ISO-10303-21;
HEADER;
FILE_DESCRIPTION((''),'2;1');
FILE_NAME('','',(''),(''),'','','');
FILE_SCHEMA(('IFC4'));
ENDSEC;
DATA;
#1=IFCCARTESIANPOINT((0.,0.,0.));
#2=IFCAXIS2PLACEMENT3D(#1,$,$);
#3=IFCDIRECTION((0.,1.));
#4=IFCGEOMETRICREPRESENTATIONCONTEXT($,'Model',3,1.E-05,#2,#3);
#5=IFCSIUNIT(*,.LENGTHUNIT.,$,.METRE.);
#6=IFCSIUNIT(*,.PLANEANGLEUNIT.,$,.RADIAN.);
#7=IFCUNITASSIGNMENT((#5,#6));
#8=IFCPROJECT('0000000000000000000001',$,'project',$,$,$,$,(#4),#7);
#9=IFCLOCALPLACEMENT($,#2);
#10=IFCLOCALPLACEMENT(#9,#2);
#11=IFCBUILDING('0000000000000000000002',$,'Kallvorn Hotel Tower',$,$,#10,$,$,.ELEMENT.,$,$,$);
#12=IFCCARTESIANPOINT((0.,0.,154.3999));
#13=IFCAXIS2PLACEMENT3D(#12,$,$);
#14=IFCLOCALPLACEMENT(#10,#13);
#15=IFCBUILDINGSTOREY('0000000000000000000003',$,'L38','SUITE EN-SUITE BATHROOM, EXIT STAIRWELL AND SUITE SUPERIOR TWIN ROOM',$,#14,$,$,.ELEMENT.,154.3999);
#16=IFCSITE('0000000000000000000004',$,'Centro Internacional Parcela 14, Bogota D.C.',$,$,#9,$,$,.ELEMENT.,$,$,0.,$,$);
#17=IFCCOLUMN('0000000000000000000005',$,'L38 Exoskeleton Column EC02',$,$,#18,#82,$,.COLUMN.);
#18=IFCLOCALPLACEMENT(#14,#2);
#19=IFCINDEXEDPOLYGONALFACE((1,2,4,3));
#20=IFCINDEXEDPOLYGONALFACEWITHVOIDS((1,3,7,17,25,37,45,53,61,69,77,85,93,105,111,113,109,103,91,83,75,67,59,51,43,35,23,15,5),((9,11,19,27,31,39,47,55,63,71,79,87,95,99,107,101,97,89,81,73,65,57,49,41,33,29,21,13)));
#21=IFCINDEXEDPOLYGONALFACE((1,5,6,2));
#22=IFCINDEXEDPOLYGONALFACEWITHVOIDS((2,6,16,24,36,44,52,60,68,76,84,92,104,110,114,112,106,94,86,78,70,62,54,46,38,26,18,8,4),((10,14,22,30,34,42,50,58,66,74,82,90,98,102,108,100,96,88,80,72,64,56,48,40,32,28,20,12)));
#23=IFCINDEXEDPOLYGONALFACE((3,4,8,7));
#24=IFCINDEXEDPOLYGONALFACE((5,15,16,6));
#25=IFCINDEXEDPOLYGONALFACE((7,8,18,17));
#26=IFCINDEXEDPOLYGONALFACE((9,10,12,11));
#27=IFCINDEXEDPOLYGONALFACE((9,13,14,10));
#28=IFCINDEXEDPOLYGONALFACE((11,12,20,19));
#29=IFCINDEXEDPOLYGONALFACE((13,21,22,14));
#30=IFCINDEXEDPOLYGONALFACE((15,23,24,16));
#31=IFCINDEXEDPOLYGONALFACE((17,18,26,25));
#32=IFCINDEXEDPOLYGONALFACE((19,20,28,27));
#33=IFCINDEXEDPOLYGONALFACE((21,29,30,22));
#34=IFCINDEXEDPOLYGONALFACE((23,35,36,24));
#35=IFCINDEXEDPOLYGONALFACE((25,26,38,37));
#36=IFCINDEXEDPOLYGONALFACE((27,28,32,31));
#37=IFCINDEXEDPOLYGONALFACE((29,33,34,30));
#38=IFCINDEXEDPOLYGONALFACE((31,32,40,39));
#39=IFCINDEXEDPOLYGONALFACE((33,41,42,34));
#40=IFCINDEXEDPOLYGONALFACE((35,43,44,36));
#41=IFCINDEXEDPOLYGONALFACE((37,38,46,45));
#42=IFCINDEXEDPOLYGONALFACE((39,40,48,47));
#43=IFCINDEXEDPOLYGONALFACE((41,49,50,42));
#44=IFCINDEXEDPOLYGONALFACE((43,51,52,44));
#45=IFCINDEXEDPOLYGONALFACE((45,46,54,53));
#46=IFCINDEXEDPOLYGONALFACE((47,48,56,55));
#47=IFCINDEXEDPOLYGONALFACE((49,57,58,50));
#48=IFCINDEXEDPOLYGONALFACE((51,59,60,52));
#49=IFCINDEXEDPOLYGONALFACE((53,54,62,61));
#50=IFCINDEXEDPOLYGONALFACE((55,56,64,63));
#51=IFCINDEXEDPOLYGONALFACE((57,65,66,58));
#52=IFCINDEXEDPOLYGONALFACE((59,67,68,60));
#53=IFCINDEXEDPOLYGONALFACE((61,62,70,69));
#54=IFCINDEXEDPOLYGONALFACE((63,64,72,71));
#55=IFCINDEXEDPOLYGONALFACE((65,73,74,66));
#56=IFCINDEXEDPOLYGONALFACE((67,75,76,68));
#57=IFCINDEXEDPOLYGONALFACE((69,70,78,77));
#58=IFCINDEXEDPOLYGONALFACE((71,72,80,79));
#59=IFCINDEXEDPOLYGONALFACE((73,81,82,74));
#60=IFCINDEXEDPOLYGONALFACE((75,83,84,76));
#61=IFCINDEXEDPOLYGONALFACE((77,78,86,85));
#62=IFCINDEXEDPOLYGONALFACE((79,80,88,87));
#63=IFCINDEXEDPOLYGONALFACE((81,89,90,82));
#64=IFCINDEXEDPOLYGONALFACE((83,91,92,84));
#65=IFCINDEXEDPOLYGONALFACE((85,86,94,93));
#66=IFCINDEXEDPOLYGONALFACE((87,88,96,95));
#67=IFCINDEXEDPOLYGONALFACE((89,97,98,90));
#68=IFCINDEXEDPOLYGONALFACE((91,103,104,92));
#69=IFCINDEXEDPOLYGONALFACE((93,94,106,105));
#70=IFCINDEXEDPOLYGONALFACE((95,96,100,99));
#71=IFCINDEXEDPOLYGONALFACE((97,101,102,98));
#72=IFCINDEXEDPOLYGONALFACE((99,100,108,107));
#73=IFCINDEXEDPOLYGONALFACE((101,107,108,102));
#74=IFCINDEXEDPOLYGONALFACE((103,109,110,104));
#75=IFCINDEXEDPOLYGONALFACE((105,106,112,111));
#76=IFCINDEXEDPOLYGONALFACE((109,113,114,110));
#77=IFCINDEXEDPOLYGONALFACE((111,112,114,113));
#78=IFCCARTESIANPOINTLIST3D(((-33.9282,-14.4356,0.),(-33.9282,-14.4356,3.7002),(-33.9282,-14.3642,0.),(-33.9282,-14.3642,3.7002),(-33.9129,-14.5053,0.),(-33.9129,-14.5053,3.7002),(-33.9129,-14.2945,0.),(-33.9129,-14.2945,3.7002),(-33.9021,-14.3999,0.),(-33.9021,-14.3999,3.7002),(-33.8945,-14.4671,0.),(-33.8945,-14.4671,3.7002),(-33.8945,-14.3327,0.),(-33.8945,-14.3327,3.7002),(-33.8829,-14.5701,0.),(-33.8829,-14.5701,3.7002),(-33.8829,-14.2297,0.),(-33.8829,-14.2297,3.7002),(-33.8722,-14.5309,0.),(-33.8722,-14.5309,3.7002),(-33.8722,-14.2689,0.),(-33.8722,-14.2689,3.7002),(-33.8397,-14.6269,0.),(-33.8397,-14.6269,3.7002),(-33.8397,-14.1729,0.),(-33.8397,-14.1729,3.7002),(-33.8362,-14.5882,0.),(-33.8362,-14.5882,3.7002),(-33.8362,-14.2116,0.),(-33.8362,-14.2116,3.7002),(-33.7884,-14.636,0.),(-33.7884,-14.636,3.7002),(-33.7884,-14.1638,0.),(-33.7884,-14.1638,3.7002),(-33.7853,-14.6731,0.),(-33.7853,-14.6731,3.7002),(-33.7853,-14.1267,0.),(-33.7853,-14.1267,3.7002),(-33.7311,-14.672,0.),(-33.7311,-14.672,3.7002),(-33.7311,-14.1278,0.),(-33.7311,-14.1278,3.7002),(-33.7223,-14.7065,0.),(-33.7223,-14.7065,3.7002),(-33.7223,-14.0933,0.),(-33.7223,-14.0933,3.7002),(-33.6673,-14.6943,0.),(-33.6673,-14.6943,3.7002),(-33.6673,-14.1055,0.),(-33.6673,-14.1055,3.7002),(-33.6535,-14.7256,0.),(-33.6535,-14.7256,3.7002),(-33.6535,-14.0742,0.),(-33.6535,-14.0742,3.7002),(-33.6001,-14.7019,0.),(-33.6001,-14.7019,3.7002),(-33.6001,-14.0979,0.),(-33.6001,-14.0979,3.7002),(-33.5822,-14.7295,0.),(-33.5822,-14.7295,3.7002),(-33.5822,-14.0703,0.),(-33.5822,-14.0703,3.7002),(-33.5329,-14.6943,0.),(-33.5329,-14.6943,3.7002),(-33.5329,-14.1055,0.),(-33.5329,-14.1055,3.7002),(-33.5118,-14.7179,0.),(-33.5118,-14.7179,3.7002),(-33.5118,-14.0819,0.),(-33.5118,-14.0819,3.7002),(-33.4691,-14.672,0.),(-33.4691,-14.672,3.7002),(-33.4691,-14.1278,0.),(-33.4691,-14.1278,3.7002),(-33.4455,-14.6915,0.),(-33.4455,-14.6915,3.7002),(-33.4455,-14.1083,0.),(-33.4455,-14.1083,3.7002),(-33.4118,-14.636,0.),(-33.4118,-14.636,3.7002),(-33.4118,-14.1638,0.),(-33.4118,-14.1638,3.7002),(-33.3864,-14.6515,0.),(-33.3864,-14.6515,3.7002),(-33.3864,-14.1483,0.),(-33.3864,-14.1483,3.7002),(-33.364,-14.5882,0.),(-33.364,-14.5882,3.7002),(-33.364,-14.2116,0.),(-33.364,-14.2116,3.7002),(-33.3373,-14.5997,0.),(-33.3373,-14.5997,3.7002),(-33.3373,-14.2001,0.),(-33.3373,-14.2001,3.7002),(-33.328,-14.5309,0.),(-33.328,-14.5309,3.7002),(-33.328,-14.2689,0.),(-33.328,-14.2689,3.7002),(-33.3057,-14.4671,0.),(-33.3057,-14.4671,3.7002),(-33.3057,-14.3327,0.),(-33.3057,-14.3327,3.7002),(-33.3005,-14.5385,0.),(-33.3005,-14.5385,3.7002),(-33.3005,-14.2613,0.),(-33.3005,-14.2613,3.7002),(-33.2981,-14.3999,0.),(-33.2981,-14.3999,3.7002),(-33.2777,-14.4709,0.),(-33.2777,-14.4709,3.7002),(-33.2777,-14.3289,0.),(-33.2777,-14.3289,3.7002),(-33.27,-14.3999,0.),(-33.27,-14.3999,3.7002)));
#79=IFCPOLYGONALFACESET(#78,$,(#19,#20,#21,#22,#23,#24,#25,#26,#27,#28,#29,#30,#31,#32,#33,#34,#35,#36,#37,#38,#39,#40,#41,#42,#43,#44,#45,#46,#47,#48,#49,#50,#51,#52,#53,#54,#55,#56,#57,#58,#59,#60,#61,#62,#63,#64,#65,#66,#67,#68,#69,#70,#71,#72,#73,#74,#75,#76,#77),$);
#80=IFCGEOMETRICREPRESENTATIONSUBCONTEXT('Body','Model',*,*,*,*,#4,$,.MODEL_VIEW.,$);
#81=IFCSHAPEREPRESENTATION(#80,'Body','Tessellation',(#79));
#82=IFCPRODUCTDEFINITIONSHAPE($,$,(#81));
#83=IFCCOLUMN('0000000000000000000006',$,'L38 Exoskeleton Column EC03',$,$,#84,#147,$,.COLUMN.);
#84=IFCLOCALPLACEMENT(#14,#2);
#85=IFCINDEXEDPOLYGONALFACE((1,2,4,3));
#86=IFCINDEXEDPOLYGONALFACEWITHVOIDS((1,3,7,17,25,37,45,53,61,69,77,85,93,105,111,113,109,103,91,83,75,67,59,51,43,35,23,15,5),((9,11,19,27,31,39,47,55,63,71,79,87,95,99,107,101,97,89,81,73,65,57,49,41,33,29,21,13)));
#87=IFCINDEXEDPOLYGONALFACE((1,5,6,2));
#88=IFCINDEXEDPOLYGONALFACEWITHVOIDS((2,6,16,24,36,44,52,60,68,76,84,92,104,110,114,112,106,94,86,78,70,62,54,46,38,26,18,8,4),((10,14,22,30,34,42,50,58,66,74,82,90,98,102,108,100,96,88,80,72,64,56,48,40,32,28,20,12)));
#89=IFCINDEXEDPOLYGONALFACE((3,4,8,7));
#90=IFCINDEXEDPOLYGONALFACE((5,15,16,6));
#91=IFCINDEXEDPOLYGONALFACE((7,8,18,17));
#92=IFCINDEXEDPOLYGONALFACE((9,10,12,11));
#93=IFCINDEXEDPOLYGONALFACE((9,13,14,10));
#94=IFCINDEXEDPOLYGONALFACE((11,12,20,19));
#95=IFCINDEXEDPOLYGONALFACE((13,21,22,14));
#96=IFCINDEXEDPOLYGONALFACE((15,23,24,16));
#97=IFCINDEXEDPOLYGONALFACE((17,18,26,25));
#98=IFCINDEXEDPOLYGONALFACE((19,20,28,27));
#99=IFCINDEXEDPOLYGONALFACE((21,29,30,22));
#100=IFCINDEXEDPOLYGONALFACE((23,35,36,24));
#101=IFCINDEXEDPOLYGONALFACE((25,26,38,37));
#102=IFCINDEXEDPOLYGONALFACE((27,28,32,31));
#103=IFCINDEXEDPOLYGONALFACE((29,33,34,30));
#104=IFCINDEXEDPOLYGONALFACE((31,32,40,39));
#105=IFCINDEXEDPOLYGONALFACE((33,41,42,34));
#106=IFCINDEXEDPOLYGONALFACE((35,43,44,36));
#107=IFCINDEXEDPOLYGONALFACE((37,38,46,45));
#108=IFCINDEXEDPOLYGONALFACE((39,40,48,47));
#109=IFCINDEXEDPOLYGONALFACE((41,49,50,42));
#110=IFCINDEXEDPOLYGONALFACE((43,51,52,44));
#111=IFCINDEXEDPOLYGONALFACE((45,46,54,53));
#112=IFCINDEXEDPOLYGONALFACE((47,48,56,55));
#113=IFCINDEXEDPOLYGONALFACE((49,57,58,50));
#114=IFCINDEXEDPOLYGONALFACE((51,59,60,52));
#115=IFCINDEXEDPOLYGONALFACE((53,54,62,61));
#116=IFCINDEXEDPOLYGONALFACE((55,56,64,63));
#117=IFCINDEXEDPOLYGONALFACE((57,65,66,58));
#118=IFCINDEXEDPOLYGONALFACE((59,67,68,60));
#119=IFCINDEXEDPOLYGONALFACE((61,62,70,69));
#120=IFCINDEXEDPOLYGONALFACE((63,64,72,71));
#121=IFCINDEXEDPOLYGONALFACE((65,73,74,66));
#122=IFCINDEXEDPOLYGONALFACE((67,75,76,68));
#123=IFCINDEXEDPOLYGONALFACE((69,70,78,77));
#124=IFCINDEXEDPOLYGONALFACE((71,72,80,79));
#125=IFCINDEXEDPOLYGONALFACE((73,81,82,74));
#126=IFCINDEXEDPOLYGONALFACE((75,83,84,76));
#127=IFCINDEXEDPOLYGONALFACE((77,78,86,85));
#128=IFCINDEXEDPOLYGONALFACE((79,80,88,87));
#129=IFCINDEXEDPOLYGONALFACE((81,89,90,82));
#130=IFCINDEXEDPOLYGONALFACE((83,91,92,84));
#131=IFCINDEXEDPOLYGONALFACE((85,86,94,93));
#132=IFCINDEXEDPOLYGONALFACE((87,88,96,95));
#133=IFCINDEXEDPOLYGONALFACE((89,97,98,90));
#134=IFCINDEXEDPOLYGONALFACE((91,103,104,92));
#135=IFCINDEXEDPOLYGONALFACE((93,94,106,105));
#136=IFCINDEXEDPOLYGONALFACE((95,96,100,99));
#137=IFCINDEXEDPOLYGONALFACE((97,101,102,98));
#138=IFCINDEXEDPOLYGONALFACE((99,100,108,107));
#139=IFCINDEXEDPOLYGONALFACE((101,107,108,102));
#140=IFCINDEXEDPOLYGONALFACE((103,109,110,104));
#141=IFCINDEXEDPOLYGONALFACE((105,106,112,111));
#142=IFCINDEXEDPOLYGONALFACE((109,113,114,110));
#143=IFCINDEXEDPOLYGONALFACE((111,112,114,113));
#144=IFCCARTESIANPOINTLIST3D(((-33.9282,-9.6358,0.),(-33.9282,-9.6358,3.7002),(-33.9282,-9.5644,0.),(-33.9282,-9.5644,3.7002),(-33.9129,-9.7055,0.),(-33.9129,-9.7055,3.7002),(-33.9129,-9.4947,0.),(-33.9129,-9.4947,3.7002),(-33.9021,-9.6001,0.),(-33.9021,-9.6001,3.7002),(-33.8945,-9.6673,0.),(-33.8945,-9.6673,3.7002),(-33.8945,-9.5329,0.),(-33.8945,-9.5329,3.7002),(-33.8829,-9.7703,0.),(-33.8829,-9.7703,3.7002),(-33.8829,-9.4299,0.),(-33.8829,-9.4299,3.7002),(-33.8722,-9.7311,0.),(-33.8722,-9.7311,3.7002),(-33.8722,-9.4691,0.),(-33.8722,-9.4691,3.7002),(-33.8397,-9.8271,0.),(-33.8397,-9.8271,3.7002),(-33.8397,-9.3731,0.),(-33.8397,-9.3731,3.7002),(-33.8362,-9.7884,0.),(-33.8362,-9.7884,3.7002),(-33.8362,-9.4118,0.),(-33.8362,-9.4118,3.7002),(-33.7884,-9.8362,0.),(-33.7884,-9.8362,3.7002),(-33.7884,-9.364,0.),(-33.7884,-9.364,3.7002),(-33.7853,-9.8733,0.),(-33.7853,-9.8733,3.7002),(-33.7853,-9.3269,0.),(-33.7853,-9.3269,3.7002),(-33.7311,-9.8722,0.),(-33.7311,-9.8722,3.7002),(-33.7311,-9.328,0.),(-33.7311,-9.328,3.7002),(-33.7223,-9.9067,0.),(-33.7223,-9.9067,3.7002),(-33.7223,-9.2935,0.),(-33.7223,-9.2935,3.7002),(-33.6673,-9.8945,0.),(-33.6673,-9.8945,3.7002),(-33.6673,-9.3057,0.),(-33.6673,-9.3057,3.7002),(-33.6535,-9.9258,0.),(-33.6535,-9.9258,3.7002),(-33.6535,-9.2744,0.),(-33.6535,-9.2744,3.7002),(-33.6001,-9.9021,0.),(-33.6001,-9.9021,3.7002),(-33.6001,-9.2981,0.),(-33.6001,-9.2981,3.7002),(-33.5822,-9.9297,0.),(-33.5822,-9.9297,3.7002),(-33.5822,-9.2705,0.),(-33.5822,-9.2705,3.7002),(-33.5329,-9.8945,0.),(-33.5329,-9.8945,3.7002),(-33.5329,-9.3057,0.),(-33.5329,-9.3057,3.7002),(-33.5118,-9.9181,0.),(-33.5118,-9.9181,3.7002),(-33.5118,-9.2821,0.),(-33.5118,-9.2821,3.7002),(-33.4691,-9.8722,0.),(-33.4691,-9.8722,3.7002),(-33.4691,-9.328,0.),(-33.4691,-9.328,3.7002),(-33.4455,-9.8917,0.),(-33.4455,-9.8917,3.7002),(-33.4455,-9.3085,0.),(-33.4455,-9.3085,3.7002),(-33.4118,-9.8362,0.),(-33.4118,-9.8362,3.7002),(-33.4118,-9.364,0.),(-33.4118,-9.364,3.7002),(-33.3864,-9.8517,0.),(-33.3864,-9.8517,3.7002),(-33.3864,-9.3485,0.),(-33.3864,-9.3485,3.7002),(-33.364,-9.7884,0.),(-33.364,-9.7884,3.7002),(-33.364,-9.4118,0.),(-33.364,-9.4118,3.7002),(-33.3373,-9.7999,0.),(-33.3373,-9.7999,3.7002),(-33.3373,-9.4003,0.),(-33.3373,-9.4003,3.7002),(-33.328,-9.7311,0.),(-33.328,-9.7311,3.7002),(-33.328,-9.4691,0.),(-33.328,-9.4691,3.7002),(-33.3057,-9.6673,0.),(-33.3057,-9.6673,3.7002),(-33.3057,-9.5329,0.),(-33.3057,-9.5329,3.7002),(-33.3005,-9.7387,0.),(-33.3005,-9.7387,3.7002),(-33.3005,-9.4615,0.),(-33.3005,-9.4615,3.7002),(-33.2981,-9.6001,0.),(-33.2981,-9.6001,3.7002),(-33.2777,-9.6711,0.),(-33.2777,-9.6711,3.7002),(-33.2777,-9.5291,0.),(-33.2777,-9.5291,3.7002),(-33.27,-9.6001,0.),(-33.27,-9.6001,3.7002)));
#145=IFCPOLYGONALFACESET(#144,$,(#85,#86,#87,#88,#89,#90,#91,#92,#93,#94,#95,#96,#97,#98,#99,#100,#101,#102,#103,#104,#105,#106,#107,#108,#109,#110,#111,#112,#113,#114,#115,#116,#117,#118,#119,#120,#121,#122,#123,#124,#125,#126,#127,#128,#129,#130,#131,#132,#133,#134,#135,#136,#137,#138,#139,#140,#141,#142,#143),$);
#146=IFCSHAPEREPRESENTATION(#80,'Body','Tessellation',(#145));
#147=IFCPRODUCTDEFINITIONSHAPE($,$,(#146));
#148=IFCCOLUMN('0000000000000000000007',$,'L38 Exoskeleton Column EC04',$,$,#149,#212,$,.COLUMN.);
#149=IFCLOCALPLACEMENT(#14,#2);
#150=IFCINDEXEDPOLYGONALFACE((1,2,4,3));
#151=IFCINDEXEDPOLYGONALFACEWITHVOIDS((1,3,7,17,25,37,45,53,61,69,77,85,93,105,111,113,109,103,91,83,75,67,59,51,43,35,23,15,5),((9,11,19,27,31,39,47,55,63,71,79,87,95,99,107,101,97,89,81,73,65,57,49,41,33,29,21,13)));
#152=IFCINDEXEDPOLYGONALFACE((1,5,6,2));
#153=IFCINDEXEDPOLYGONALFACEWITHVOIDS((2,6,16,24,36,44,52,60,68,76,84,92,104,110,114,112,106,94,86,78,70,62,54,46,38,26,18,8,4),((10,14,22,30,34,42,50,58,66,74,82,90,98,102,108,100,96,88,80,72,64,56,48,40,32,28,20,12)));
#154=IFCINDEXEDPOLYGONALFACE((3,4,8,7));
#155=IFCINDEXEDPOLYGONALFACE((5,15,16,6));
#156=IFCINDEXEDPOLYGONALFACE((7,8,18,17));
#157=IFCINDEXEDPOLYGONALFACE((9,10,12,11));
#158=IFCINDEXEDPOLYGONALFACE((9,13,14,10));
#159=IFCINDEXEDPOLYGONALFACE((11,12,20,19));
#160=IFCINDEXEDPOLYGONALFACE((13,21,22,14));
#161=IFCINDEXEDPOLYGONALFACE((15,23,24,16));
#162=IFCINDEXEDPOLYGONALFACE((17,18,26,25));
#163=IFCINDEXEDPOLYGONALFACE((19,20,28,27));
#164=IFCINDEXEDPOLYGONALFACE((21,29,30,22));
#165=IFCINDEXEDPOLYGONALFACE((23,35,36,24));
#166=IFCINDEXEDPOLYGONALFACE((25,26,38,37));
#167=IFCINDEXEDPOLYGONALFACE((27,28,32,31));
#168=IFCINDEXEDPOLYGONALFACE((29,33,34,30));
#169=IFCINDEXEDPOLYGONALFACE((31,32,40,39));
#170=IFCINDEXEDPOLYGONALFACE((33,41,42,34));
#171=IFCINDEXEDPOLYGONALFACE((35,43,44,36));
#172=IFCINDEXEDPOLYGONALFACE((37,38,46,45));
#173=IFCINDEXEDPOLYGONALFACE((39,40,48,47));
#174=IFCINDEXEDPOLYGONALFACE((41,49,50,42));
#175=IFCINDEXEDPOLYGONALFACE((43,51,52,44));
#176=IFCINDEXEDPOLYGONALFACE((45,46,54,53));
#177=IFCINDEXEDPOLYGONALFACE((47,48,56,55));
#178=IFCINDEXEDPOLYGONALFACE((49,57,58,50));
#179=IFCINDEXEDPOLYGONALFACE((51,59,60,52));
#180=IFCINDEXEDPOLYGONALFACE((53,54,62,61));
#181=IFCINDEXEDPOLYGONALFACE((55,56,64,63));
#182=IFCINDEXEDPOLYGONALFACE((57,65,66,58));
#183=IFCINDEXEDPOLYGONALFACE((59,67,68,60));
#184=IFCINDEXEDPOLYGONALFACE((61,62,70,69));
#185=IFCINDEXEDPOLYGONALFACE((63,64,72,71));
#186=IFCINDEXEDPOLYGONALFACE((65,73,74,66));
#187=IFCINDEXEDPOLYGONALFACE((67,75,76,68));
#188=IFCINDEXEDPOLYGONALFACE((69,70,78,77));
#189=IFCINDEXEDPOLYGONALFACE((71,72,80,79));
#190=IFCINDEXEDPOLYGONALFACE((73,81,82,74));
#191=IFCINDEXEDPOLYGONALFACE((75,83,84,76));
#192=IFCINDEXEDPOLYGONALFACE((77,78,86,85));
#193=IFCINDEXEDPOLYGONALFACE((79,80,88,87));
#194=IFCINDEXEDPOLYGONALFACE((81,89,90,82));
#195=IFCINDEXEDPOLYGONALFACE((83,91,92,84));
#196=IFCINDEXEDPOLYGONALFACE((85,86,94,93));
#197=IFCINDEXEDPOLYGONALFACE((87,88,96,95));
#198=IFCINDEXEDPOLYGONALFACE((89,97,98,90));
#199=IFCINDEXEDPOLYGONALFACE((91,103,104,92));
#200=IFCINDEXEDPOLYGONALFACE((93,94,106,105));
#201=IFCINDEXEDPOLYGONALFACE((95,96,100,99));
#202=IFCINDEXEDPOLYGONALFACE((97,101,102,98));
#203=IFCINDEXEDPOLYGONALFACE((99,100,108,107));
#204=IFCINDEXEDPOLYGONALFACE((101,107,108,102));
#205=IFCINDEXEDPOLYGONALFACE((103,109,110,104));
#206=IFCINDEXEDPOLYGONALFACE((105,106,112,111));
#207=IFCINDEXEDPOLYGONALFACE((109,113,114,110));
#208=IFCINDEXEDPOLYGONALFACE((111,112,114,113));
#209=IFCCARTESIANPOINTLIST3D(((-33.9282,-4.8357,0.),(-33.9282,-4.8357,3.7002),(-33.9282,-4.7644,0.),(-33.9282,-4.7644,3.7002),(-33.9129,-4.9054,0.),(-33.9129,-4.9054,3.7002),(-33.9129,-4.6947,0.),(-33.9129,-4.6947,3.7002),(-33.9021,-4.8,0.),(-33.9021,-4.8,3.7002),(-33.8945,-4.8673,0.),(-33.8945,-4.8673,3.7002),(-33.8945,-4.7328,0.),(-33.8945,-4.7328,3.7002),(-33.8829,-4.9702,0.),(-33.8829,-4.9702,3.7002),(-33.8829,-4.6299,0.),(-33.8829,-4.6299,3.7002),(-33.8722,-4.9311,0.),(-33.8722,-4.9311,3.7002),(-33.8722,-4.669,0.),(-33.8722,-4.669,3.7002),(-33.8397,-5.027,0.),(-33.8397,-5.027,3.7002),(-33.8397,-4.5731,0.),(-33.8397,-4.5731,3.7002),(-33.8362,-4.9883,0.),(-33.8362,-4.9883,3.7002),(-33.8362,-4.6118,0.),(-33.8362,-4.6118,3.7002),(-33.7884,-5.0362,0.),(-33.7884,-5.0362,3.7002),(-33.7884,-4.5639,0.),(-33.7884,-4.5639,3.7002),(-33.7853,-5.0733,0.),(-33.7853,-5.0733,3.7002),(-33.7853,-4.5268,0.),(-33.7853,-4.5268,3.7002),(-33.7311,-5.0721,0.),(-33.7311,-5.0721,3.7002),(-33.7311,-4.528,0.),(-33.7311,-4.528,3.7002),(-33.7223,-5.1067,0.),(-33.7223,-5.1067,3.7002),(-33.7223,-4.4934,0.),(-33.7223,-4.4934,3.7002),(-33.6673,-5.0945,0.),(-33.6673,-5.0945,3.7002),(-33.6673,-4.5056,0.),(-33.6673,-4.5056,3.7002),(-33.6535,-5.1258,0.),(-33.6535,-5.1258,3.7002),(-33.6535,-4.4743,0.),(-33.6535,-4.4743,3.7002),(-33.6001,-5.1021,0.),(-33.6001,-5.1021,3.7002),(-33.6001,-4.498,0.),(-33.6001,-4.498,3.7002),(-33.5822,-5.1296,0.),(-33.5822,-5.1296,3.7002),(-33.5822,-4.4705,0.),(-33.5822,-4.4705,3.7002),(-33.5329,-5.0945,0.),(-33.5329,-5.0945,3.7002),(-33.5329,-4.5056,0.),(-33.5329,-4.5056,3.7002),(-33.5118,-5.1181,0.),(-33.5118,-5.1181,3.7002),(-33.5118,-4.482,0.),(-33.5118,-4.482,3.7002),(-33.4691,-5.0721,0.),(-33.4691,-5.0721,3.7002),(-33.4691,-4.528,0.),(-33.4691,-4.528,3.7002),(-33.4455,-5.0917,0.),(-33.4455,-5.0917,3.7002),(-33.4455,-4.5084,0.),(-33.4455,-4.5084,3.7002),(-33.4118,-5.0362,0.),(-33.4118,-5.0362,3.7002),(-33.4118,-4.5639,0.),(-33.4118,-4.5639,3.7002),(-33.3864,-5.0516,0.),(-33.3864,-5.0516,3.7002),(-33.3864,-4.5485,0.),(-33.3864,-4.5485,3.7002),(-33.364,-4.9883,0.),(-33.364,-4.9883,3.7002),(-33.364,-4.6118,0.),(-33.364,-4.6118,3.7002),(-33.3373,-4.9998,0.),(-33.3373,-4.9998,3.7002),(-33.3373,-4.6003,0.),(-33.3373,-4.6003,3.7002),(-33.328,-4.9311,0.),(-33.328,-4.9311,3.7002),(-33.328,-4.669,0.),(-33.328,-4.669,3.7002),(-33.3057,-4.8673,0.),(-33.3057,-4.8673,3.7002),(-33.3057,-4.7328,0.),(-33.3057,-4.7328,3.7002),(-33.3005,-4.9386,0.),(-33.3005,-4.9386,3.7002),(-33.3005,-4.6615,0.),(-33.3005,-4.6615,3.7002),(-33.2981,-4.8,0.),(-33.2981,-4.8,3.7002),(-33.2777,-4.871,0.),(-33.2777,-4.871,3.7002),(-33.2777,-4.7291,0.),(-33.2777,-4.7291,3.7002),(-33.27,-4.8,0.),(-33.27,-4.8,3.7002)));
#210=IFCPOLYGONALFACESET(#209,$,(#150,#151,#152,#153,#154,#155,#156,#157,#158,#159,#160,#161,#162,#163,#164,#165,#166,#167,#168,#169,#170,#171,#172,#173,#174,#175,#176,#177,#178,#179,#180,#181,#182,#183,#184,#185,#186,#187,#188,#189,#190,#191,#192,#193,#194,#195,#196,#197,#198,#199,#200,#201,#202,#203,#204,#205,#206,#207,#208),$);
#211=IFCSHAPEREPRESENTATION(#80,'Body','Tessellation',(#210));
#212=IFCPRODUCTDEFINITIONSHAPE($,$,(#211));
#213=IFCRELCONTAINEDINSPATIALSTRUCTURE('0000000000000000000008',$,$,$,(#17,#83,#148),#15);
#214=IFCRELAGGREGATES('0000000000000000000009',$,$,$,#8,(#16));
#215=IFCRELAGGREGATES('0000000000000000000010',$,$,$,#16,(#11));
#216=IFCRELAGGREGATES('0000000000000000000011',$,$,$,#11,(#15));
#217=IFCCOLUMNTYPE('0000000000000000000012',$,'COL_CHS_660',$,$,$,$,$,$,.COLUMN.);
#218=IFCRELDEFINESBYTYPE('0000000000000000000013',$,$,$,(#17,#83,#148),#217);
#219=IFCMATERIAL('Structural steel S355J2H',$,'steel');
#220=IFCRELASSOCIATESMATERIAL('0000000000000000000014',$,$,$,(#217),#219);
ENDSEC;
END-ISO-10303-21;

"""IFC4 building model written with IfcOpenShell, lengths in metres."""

from ifc_helpers import new_model, si_unit, direction, frame, origin, origin_2d, place, context, subcontext, project, spatial, hollow_circle, extrude, material, material_profile, profile_set, type_object, element, save


model = new_model("IFC4")

# Units and contexts
model_context = context("Model", 3, precision=1e-05, world=origin(), true_north=direction((0.0, 1.0)))
body_context = subcontext(model_context, "Body", "Model", "MODEL_VIEW")
ifc_project = project(units=[si_unit("LENGTHUNIT", "METRE"), si_unit("PLANEANGLEUNIT", "RADIAN")], contexts=[model_context])

# Site, building, storey
site_placement = place(None, origin())
site = spatial("IfcSite", under=ifc_project, at=site_placement, Name="Centro Internacional Parcela 14, Bogota D.C.", CompositionType="ELEMENT", RefElevation=0.0)
building_placement = place(site_placement, origin())
building = spatial("IfcBuilding", under=site, at=building_placement, Name="Kallvorn Hotel Tower", CompositionType="ELEMENT")
storey_placement = place(building_placement, frame((0.0, 0.0, 154.3999)))
storey = spatial("IfcBuildingStorey", under=building, at=storey_placement, Name="L38", Description="SUITE EN-SUITE BATHROOM, EXIT STAIRWELL AND SUITE SUPERIOR TWIN ROOM", CompositionType="ELEMENT", Elevation=154.3999)

# Columns
ifc_material_1 = material(Name="Structural steel S355J2H", Category="steel")
ifc_material_profile_1 = material_profile(ifc_material_1, hollow_circle(Radius=0.3301, WallThickness=0.0281, at=origin_2d()), Name="CHS 660x28")
ifc_profile_set_1 = profile_set([ifc_material_profile_1], Name="Structural steel S355J2H")
column_type_1 = type_object("IfcColumnType", Name="COL_CHS_660", PredefinedType="COLUMN", material=ifc_profile_set_1)
for number, where, z_axis, x_axis, name in (
    (1, (-33.6001, -14.3999, 0.0), (0.0, 0.0, 1.0), (1.0, 0.0, 0.0), "L38 Exoskeleton Column EC02"),
    (2, (-33.6001, -9.6001, 0.0), (0.0, 0.0, 1.0), (1.0, 0.0, 0.0), "L38 Exoskeleton Column EC03"),
    (3, (-33.6001, -4.8, 0.0), (0.0, 0.0, 1.0), (1.0, 0.0, 0.0), "L38 Exoskeleton Column EC04"),
):
    element("IfcColumn", number, at=place(storey_placement, frame(where, z_axis=z_axis, x_axis=x_axis)), inside=storey, type_object=column_type_1, Name=name, PredefinedType="COLUMN", context=body_context, shape_type="SweptSolid", body=[
        extrude(hollow_circle(Radius=0.3301, WallThickness=0.0281, at=origin_2d()), origin(), (0.0, 0.0, 1.0), 3.7002),
    ])

save(model, "model.ifc")
